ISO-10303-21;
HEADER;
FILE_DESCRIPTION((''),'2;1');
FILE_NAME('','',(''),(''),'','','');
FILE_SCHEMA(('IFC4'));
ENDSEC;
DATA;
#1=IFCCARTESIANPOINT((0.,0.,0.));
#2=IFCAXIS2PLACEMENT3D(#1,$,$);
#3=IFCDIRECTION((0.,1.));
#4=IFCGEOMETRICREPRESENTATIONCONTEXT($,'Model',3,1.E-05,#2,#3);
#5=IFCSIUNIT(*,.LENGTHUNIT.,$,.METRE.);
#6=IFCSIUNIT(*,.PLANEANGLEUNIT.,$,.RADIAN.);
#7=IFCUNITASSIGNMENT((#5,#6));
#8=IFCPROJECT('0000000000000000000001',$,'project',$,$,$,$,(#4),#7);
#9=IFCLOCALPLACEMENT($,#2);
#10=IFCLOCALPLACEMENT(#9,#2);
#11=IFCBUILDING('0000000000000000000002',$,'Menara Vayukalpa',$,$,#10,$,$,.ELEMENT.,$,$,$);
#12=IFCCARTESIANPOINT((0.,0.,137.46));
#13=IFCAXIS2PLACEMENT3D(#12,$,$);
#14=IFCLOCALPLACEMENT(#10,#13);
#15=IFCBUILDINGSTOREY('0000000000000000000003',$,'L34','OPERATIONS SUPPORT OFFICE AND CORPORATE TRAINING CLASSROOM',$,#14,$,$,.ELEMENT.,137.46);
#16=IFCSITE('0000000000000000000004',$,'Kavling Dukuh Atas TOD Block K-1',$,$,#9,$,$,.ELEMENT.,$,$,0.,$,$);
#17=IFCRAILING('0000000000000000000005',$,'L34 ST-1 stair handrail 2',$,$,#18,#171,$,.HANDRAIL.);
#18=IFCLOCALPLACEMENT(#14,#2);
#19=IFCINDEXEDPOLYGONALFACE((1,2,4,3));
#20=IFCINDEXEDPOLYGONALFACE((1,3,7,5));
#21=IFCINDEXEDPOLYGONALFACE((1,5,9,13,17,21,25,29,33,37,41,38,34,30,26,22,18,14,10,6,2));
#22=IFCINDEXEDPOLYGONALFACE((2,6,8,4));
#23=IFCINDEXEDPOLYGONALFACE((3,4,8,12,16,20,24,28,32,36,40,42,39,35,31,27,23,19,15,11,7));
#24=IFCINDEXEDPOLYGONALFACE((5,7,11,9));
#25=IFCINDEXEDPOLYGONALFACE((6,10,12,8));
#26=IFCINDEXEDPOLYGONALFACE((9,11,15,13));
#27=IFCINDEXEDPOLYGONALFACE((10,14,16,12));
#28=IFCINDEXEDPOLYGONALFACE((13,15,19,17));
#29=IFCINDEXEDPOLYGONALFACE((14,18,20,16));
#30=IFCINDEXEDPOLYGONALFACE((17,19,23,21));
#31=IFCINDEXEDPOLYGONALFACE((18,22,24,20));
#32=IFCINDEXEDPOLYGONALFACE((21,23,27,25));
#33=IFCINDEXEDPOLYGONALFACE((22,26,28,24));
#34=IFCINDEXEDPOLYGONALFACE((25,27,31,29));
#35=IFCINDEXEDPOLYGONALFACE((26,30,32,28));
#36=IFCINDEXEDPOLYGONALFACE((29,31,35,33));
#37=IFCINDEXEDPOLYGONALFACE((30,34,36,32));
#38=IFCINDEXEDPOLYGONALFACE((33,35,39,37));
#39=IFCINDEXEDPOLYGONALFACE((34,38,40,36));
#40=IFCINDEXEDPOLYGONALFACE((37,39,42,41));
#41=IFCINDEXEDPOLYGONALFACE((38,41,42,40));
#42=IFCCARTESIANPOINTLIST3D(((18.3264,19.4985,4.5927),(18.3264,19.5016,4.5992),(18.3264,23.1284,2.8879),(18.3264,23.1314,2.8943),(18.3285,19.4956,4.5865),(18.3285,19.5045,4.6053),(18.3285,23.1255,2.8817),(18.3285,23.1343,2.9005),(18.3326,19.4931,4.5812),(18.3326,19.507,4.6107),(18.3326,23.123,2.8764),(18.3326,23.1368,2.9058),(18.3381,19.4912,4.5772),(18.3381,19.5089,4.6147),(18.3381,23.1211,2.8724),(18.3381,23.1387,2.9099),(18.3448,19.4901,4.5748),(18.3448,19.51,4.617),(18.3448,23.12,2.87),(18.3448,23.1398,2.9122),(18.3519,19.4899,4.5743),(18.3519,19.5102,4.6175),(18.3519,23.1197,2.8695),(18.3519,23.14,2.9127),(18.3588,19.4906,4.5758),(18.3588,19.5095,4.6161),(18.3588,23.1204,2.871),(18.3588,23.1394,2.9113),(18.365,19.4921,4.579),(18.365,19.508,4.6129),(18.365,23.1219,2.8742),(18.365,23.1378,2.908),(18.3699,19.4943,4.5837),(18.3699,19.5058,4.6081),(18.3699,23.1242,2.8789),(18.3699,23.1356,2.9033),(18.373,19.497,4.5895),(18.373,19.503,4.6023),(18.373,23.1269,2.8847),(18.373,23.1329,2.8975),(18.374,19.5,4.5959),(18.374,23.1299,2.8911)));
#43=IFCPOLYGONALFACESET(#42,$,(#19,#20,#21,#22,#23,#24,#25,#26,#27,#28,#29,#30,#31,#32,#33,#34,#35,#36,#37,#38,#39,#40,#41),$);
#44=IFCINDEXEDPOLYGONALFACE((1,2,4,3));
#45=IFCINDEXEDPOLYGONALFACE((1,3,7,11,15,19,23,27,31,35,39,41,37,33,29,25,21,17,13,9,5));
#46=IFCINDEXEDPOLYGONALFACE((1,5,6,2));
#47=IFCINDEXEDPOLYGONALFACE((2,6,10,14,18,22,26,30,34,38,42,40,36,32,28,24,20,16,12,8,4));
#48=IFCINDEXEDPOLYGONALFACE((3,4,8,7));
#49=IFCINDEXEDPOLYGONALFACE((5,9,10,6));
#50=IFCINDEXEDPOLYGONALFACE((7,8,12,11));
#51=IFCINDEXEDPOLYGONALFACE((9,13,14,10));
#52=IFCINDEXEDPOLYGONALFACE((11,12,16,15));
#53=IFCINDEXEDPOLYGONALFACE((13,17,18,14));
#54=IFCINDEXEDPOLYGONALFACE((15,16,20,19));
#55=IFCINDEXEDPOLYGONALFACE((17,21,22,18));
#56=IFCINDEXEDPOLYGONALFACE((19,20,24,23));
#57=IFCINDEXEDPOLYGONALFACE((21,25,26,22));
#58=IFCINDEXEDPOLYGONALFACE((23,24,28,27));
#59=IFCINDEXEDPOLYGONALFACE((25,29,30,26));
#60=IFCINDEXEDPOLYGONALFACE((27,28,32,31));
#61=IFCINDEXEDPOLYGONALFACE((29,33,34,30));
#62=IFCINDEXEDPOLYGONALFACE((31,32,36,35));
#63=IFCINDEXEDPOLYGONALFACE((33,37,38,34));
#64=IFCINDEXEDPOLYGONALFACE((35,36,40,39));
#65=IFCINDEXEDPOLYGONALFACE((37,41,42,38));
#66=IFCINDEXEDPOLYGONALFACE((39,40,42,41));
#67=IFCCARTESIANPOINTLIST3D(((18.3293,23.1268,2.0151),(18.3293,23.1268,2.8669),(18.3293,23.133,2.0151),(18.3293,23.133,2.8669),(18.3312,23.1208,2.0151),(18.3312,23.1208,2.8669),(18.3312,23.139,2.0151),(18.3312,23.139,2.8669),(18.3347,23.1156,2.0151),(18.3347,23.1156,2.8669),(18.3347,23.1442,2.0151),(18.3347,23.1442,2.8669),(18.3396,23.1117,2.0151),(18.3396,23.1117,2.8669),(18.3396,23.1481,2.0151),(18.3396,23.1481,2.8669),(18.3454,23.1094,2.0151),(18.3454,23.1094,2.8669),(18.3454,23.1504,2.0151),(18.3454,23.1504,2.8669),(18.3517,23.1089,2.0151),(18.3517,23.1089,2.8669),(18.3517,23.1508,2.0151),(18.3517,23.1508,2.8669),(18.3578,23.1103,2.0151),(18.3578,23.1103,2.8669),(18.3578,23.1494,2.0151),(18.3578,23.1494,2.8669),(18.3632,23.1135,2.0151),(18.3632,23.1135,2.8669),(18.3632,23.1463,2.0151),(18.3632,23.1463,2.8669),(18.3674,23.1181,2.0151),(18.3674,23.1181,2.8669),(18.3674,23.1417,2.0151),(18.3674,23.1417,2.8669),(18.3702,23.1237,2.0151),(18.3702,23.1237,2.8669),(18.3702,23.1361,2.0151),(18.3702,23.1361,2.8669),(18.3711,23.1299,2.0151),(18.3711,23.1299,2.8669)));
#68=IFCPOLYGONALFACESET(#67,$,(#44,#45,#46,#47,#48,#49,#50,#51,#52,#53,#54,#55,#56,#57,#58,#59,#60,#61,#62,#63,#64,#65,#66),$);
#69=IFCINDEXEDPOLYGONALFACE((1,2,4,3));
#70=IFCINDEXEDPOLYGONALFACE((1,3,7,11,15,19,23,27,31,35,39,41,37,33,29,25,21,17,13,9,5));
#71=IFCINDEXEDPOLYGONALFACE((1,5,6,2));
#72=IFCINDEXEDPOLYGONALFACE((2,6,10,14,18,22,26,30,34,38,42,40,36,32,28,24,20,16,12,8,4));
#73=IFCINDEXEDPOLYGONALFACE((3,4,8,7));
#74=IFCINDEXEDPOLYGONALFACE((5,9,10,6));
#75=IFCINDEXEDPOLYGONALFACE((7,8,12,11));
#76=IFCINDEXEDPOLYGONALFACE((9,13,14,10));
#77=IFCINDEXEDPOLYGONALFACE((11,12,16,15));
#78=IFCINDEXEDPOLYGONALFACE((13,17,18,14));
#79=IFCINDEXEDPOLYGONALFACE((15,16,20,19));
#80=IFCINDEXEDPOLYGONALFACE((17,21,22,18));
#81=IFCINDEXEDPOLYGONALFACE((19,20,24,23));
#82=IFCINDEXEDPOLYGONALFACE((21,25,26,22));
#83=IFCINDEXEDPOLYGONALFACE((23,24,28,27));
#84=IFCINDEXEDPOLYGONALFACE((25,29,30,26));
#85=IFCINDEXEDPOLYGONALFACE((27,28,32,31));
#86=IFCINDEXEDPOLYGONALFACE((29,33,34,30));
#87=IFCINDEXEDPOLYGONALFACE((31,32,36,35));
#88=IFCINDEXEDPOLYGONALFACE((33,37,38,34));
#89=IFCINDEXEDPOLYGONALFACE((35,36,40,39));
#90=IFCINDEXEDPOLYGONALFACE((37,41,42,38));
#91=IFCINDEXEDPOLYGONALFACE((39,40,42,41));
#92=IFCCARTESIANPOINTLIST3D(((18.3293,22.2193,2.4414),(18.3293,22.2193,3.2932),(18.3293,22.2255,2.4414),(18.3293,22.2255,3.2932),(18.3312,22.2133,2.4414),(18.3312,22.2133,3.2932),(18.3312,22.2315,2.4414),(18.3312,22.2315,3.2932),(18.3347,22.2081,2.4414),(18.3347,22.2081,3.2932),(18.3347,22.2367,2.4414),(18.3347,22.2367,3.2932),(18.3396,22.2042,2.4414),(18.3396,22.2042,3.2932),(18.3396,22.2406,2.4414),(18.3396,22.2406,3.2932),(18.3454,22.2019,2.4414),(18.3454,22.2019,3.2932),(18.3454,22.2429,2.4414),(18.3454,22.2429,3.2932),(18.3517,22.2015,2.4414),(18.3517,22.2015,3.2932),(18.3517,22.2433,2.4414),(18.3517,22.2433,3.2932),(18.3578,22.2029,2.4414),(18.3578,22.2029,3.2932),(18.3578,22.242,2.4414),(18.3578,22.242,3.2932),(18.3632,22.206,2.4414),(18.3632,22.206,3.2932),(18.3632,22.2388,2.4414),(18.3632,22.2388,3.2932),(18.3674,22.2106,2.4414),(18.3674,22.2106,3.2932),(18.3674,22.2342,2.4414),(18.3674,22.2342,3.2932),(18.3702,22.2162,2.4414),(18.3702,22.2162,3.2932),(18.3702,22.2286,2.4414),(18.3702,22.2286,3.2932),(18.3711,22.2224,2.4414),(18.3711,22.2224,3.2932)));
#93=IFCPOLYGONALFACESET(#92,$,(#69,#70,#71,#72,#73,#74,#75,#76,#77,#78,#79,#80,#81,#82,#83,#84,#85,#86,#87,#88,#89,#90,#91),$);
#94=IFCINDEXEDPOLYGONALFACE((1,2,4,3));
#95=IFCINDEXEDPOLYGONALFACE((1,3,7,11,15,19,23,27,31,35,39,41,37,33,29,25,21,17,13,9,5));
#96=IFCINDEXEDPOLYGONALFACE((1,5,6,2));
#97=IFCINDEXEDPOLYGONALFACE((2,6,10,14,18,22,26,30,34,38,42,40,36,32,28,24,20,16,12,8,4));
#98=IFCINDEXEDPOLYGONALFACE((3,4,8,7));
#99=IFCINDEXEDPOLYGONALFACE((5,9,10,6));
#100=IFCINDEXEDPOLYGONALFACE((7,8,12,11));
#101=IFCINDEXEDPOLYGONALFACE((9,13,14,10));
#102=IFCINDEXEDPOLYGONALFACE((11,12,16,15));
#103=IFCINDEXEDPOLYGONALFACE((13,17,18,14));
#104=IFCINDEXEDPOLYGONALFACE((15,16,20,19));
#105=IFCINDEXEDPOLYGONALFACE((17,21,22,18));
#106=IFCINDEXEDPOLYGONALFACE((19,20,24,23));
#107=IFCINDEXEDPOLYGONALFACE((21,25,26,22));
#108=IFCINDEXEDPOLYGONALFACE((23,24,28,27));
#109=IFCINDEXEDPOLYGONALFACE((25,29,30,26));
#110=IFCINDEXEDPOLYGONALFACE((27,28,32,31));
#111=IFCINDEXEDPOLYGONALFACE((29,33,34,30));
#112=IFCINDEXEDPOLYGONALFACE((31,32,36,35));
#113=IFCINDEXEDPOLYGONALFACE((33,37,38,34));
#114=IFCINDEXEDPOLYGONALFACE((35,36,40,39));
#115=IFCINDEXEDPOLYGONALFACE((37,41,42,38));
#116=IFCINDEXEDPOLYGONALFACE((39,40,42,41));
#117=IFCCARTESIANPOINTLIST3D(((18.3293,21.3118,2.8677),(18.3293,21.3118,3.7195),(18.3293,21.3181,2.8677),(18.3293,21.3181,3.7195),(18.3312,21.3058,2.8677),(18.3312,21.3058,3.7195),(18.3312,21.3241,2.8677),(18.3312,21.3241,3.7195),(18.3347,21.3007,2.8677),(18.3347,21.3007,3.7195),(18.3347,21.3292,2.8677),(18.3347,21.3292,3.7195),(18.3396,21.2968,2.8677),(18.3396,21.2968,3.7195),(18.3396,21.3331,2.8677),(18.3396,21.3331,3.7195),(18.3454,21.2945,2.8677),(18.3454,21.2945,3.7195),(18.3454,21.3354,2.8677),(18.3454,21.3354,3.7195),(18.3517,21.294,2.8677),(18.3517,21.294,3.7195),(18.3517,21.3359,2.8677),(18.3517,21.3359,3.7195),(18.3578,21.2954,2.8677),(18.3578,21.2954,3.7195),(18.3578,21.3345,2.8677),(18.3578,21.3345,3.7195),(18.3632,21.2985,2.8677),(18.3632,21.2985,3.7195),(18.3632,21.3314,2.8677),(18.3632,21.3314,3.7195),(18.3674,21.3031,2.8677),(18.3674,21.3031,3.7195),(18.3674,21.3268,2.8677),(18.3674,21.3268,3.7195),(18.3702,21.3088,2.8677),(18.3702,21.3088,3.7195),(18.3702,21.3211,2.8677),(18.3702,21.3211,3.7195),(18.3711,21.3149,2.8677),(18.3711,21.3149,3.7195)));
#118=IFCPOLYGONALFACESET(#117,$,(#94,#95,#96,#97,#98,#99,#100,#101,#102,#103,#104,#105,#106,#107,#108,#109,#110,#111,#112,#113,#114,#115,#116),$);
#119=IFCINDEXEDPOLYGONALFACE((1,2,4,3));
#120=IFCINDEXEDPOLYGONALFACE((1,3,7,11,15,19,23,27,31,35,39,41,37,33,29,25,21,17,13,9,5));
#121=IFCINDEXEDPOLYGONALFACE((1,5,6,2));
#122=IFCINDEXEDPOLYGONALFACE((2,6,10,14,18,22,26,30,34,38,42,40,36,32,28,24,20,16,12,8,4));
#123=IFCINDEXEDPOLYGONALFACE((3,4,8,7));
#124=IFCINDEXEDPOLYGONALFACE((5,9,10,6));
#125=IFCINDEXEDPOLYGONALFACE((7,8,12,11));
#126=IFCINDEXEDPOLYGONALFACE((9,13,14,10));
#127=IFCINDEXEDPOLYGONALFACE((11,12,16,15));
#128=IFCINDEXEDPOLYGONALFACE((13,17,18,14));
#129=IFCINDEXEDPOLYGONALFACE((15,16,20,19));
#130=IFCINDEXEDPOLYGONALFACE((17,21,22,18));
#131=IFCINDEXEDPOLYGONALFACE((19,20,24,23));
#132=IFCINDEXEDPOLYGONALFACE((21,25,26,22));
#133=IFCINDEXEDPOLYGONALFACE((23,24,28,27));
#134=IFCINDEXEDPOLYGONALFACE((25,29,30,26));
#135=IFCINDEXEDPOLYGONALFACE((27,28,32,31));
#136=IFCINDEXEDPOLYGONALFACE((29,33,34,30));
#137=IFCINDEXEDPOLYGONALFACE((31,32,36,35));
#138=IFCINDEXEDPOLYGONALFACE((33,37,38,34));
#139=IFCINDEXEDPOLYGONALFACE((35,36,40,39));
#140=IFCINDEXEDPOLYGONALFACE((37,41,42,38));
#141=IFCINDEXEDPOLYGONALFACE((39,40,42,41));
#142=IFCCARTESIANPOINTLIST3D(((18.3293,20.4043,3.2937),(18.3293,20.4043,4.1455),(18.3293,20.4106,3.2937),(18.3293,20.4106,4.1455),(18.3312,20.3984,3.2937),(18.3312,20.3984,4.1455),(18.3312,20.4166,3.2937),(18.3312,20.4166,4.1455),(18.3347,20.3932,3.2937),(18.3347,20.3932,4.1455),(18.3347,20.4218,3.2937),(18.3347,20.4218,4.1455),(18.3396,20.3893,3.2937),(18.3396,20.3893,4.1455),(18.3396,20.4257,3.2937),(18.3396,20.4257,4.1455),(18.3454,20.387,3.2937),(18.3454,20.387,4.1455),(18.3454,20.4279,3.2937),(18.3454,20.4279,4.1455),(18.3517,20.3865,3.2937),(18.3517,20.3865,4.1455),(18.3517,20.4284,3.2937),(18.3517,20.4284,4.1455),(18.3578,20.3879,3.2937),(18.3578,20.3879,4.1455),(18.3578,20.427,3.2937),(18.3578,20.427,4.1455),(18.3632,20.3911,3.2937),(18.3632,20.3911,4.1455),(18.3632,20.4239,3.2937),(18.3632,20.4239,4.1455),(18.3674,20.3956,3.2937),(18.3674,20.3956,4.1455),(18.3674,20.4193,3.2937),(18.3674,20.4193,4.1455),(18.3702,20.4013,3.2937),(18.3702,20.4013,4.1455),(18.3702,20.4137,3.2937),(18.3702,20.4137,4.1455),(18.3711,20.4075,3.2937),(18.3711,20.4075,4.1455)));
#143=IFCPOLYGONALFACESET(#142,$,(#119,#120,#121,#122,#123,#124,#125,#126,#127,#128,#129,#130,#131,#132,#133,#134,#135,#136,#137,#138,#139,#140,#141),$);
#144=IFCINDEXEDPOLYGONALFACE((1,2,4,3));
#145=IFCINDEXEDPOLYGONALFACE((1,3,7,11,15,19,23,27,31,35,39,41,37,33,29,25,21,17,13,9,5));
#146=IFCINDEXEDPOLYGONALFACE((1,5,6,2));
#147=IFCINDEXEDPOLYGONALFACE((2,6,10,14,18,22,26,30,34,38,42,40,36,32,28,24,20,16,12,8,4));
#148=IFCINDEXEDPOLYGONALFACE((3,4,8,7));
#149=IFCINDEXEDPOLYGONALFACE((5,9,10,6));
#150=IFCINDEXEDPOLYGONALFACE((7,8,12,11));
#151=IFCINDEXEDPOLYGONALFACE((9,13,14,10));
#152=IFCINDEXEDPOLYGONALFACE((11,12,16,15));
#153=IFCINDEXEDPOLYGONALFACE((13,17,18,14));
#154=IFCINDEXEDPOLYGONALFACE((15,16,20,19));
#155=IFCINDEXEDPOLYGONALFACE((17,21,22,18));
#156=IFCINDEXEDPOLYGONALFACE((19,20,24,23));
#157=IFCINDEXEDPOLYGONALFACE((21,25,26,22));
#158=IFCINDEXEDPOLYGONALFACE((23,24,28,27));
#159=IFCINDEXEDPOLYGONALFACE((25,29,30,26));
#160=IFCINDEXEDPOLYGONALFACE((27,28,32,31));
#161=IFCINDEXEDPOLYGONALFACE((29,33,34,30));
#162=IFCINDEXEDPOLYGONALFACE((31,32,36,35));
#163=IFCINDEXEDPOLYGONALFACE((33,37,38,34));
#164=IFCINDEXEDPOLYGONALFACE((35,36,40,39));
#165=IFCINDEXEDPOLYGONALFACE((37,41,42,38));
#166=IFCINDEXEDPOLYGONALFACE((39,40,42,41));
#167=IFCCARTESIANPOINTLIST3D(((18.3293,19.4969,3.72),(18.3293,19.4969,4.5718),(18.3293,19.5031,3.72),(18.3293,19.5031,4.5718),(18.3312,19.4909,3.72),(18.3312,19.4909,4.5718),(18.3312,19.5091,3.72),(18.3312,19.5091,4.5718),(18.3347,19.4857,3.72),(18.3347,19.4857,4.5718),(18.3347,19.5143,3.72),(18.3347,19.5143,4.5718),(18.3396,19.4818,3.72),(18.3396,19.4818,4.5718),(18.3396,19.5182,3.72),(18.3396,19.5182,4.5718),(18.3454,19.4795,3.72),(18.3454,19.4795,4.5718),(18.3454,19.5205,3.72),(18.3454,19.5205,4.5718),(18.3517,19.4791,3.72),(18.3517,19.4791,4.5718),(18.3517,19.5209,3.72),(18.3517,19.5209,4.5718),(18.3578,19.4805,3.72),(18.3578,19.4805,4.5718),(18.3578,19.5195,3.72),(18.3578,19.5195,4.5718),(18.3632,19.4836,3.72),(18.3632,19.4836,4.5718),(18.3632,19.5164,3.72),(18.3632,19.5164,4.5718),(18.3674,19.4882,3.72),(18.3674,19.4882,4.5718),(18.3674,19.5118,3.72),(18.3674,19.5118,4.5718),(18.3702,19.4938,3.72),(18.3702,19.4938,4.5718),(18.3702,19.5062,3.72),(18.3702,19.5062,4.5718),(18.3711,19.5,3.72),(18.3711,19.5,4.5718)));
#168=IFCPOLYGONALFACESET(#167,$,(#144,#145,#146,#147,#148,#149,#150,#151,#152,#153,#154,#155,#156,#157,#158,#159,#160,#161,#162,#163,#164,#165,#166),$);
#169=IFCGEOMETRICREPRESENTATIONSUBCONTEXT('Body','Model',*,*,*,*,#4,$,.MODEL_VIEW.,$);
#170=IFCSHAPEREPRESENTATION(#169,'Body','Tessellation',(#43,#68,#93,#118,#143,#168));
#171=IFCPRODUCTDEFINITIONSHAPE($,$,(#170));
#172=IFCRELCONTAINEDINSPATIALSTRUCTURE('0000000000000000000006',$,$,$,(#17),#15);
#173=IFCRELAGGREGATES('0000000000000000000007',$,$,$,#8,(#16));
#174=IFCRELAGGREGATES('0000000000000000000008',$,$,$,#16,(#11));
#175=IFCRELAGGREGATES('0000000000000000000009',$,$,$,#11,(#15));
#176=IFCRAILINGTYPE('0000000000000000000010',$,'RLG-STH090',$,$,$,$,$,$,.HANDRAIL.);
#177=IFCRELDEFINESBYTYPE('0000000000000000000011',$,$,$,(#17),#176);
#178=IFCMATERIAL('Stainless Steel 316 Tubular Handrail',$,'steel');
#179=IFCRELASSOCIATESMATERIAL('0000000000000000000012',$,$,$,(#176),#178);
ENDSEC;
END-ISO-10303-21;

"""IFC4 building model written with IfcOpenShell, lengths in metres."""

from ifc_helpers import new_model, si_unit, direction, frame, origin, origin_2d, place, context, subcontext, project, spatial, circle, extrude, material, type_object, element, save


model = new_model("IFC4")

# Units and contexts
model_context = context("Model", 3, precision=1e-05, world=origin(), true_north=direction((0.0, 1.0)))
body_context = subcontext(model_context, "Body", "Model", "MODEL_VIEW")
ifc_project = project(units=[si_unit("LENGTHUNIT", "METRE"), si_unit("PLANEANGLEUNIT", "RADIAN")], contexts=[model_context])

# Site, building, storey
site_placement = place(None, origin())
site = spatial("IfcSite", under=ifc_project, at=site_placement, Name="Kavling Dukuh Atas TOD Block K-1", CompositionType="ELEMENT", RefElevation=0.0)
building_placement = place(site_placement, origin())
building = spatial("IfcBuilding", under=site, at=building_placement, Name="Menara Vayukalpa", CompositionType="ELEMENT")
storey_placement = place(building_placement, frame((0.0, 0.0, 137.46)))
storey = spatial("IfcBuildingStorey", under=building, at=storey_placement, Name="L34", Description="OPERATIONS SUPPORT OFFICE AND CORPORATE TRAINING CLASSROOM", CompositionType="ELEMENT", Elevation=137.46)

# Railing
ifc_material_1 = material(Name="Stainless Steel 316 Tubular Handrail", Category="steel")
railing_type_1 = type_object("IfcRailingType", Name="RLG-STH090", PredefinedType="HANDRAIL", material=ifc_material_1)
railing_1_placement = place(storey_placement, frame((18.3501, 23.1299, 2.0151)))
element("IfcRailing", 1, at=railing_1_placement, inside=storey, type_object=railing_type_1, Name="L34 ST-1 stair handrail 2", PredefinedType="HANDRAIL", context=body_context, shape_type="SweptSolid", body=[
    extrude(circle(Radius=0.0239, at=origin_2d()), frame((0.0, 0.0, 0.876), z_axis=(0.0, -0.90514, 0.425114), x_axis=(1.0, 0.0, 0.0)), (0.0, 0.0, 1.0), 4.0103),
    extrude(circle(Radius=0.021, at=origin_2d()), origin(), (0.0, 0.0, 1.0), 0.8518),
    extrude(circle(Radius=0.021, at=origin_2d()), frame((0.0, -0.9075, 0.4263)), (0.0, 0.0, 1.0), 0.8518),
    extrude(circle(Radius=0.021, at=origin_2d()), frame((0.0, -1.8149, 0.8525)), (0.0, 0.0, 1.0), 0.8518),
    extrude(circle(Radius=0.021, at=origin_2d()), frame((0.0, -2.7224, 1.2786)), (0.0, 0.0, 1.0), 0.8518),
    extrude(circle(Radius=0.021, at=origin_2d()), frame((0.0, -3.6299, 1.7048)), (0.0, 0.0, 1.0), 0.8518),
])

save(model, "model.ifc")
